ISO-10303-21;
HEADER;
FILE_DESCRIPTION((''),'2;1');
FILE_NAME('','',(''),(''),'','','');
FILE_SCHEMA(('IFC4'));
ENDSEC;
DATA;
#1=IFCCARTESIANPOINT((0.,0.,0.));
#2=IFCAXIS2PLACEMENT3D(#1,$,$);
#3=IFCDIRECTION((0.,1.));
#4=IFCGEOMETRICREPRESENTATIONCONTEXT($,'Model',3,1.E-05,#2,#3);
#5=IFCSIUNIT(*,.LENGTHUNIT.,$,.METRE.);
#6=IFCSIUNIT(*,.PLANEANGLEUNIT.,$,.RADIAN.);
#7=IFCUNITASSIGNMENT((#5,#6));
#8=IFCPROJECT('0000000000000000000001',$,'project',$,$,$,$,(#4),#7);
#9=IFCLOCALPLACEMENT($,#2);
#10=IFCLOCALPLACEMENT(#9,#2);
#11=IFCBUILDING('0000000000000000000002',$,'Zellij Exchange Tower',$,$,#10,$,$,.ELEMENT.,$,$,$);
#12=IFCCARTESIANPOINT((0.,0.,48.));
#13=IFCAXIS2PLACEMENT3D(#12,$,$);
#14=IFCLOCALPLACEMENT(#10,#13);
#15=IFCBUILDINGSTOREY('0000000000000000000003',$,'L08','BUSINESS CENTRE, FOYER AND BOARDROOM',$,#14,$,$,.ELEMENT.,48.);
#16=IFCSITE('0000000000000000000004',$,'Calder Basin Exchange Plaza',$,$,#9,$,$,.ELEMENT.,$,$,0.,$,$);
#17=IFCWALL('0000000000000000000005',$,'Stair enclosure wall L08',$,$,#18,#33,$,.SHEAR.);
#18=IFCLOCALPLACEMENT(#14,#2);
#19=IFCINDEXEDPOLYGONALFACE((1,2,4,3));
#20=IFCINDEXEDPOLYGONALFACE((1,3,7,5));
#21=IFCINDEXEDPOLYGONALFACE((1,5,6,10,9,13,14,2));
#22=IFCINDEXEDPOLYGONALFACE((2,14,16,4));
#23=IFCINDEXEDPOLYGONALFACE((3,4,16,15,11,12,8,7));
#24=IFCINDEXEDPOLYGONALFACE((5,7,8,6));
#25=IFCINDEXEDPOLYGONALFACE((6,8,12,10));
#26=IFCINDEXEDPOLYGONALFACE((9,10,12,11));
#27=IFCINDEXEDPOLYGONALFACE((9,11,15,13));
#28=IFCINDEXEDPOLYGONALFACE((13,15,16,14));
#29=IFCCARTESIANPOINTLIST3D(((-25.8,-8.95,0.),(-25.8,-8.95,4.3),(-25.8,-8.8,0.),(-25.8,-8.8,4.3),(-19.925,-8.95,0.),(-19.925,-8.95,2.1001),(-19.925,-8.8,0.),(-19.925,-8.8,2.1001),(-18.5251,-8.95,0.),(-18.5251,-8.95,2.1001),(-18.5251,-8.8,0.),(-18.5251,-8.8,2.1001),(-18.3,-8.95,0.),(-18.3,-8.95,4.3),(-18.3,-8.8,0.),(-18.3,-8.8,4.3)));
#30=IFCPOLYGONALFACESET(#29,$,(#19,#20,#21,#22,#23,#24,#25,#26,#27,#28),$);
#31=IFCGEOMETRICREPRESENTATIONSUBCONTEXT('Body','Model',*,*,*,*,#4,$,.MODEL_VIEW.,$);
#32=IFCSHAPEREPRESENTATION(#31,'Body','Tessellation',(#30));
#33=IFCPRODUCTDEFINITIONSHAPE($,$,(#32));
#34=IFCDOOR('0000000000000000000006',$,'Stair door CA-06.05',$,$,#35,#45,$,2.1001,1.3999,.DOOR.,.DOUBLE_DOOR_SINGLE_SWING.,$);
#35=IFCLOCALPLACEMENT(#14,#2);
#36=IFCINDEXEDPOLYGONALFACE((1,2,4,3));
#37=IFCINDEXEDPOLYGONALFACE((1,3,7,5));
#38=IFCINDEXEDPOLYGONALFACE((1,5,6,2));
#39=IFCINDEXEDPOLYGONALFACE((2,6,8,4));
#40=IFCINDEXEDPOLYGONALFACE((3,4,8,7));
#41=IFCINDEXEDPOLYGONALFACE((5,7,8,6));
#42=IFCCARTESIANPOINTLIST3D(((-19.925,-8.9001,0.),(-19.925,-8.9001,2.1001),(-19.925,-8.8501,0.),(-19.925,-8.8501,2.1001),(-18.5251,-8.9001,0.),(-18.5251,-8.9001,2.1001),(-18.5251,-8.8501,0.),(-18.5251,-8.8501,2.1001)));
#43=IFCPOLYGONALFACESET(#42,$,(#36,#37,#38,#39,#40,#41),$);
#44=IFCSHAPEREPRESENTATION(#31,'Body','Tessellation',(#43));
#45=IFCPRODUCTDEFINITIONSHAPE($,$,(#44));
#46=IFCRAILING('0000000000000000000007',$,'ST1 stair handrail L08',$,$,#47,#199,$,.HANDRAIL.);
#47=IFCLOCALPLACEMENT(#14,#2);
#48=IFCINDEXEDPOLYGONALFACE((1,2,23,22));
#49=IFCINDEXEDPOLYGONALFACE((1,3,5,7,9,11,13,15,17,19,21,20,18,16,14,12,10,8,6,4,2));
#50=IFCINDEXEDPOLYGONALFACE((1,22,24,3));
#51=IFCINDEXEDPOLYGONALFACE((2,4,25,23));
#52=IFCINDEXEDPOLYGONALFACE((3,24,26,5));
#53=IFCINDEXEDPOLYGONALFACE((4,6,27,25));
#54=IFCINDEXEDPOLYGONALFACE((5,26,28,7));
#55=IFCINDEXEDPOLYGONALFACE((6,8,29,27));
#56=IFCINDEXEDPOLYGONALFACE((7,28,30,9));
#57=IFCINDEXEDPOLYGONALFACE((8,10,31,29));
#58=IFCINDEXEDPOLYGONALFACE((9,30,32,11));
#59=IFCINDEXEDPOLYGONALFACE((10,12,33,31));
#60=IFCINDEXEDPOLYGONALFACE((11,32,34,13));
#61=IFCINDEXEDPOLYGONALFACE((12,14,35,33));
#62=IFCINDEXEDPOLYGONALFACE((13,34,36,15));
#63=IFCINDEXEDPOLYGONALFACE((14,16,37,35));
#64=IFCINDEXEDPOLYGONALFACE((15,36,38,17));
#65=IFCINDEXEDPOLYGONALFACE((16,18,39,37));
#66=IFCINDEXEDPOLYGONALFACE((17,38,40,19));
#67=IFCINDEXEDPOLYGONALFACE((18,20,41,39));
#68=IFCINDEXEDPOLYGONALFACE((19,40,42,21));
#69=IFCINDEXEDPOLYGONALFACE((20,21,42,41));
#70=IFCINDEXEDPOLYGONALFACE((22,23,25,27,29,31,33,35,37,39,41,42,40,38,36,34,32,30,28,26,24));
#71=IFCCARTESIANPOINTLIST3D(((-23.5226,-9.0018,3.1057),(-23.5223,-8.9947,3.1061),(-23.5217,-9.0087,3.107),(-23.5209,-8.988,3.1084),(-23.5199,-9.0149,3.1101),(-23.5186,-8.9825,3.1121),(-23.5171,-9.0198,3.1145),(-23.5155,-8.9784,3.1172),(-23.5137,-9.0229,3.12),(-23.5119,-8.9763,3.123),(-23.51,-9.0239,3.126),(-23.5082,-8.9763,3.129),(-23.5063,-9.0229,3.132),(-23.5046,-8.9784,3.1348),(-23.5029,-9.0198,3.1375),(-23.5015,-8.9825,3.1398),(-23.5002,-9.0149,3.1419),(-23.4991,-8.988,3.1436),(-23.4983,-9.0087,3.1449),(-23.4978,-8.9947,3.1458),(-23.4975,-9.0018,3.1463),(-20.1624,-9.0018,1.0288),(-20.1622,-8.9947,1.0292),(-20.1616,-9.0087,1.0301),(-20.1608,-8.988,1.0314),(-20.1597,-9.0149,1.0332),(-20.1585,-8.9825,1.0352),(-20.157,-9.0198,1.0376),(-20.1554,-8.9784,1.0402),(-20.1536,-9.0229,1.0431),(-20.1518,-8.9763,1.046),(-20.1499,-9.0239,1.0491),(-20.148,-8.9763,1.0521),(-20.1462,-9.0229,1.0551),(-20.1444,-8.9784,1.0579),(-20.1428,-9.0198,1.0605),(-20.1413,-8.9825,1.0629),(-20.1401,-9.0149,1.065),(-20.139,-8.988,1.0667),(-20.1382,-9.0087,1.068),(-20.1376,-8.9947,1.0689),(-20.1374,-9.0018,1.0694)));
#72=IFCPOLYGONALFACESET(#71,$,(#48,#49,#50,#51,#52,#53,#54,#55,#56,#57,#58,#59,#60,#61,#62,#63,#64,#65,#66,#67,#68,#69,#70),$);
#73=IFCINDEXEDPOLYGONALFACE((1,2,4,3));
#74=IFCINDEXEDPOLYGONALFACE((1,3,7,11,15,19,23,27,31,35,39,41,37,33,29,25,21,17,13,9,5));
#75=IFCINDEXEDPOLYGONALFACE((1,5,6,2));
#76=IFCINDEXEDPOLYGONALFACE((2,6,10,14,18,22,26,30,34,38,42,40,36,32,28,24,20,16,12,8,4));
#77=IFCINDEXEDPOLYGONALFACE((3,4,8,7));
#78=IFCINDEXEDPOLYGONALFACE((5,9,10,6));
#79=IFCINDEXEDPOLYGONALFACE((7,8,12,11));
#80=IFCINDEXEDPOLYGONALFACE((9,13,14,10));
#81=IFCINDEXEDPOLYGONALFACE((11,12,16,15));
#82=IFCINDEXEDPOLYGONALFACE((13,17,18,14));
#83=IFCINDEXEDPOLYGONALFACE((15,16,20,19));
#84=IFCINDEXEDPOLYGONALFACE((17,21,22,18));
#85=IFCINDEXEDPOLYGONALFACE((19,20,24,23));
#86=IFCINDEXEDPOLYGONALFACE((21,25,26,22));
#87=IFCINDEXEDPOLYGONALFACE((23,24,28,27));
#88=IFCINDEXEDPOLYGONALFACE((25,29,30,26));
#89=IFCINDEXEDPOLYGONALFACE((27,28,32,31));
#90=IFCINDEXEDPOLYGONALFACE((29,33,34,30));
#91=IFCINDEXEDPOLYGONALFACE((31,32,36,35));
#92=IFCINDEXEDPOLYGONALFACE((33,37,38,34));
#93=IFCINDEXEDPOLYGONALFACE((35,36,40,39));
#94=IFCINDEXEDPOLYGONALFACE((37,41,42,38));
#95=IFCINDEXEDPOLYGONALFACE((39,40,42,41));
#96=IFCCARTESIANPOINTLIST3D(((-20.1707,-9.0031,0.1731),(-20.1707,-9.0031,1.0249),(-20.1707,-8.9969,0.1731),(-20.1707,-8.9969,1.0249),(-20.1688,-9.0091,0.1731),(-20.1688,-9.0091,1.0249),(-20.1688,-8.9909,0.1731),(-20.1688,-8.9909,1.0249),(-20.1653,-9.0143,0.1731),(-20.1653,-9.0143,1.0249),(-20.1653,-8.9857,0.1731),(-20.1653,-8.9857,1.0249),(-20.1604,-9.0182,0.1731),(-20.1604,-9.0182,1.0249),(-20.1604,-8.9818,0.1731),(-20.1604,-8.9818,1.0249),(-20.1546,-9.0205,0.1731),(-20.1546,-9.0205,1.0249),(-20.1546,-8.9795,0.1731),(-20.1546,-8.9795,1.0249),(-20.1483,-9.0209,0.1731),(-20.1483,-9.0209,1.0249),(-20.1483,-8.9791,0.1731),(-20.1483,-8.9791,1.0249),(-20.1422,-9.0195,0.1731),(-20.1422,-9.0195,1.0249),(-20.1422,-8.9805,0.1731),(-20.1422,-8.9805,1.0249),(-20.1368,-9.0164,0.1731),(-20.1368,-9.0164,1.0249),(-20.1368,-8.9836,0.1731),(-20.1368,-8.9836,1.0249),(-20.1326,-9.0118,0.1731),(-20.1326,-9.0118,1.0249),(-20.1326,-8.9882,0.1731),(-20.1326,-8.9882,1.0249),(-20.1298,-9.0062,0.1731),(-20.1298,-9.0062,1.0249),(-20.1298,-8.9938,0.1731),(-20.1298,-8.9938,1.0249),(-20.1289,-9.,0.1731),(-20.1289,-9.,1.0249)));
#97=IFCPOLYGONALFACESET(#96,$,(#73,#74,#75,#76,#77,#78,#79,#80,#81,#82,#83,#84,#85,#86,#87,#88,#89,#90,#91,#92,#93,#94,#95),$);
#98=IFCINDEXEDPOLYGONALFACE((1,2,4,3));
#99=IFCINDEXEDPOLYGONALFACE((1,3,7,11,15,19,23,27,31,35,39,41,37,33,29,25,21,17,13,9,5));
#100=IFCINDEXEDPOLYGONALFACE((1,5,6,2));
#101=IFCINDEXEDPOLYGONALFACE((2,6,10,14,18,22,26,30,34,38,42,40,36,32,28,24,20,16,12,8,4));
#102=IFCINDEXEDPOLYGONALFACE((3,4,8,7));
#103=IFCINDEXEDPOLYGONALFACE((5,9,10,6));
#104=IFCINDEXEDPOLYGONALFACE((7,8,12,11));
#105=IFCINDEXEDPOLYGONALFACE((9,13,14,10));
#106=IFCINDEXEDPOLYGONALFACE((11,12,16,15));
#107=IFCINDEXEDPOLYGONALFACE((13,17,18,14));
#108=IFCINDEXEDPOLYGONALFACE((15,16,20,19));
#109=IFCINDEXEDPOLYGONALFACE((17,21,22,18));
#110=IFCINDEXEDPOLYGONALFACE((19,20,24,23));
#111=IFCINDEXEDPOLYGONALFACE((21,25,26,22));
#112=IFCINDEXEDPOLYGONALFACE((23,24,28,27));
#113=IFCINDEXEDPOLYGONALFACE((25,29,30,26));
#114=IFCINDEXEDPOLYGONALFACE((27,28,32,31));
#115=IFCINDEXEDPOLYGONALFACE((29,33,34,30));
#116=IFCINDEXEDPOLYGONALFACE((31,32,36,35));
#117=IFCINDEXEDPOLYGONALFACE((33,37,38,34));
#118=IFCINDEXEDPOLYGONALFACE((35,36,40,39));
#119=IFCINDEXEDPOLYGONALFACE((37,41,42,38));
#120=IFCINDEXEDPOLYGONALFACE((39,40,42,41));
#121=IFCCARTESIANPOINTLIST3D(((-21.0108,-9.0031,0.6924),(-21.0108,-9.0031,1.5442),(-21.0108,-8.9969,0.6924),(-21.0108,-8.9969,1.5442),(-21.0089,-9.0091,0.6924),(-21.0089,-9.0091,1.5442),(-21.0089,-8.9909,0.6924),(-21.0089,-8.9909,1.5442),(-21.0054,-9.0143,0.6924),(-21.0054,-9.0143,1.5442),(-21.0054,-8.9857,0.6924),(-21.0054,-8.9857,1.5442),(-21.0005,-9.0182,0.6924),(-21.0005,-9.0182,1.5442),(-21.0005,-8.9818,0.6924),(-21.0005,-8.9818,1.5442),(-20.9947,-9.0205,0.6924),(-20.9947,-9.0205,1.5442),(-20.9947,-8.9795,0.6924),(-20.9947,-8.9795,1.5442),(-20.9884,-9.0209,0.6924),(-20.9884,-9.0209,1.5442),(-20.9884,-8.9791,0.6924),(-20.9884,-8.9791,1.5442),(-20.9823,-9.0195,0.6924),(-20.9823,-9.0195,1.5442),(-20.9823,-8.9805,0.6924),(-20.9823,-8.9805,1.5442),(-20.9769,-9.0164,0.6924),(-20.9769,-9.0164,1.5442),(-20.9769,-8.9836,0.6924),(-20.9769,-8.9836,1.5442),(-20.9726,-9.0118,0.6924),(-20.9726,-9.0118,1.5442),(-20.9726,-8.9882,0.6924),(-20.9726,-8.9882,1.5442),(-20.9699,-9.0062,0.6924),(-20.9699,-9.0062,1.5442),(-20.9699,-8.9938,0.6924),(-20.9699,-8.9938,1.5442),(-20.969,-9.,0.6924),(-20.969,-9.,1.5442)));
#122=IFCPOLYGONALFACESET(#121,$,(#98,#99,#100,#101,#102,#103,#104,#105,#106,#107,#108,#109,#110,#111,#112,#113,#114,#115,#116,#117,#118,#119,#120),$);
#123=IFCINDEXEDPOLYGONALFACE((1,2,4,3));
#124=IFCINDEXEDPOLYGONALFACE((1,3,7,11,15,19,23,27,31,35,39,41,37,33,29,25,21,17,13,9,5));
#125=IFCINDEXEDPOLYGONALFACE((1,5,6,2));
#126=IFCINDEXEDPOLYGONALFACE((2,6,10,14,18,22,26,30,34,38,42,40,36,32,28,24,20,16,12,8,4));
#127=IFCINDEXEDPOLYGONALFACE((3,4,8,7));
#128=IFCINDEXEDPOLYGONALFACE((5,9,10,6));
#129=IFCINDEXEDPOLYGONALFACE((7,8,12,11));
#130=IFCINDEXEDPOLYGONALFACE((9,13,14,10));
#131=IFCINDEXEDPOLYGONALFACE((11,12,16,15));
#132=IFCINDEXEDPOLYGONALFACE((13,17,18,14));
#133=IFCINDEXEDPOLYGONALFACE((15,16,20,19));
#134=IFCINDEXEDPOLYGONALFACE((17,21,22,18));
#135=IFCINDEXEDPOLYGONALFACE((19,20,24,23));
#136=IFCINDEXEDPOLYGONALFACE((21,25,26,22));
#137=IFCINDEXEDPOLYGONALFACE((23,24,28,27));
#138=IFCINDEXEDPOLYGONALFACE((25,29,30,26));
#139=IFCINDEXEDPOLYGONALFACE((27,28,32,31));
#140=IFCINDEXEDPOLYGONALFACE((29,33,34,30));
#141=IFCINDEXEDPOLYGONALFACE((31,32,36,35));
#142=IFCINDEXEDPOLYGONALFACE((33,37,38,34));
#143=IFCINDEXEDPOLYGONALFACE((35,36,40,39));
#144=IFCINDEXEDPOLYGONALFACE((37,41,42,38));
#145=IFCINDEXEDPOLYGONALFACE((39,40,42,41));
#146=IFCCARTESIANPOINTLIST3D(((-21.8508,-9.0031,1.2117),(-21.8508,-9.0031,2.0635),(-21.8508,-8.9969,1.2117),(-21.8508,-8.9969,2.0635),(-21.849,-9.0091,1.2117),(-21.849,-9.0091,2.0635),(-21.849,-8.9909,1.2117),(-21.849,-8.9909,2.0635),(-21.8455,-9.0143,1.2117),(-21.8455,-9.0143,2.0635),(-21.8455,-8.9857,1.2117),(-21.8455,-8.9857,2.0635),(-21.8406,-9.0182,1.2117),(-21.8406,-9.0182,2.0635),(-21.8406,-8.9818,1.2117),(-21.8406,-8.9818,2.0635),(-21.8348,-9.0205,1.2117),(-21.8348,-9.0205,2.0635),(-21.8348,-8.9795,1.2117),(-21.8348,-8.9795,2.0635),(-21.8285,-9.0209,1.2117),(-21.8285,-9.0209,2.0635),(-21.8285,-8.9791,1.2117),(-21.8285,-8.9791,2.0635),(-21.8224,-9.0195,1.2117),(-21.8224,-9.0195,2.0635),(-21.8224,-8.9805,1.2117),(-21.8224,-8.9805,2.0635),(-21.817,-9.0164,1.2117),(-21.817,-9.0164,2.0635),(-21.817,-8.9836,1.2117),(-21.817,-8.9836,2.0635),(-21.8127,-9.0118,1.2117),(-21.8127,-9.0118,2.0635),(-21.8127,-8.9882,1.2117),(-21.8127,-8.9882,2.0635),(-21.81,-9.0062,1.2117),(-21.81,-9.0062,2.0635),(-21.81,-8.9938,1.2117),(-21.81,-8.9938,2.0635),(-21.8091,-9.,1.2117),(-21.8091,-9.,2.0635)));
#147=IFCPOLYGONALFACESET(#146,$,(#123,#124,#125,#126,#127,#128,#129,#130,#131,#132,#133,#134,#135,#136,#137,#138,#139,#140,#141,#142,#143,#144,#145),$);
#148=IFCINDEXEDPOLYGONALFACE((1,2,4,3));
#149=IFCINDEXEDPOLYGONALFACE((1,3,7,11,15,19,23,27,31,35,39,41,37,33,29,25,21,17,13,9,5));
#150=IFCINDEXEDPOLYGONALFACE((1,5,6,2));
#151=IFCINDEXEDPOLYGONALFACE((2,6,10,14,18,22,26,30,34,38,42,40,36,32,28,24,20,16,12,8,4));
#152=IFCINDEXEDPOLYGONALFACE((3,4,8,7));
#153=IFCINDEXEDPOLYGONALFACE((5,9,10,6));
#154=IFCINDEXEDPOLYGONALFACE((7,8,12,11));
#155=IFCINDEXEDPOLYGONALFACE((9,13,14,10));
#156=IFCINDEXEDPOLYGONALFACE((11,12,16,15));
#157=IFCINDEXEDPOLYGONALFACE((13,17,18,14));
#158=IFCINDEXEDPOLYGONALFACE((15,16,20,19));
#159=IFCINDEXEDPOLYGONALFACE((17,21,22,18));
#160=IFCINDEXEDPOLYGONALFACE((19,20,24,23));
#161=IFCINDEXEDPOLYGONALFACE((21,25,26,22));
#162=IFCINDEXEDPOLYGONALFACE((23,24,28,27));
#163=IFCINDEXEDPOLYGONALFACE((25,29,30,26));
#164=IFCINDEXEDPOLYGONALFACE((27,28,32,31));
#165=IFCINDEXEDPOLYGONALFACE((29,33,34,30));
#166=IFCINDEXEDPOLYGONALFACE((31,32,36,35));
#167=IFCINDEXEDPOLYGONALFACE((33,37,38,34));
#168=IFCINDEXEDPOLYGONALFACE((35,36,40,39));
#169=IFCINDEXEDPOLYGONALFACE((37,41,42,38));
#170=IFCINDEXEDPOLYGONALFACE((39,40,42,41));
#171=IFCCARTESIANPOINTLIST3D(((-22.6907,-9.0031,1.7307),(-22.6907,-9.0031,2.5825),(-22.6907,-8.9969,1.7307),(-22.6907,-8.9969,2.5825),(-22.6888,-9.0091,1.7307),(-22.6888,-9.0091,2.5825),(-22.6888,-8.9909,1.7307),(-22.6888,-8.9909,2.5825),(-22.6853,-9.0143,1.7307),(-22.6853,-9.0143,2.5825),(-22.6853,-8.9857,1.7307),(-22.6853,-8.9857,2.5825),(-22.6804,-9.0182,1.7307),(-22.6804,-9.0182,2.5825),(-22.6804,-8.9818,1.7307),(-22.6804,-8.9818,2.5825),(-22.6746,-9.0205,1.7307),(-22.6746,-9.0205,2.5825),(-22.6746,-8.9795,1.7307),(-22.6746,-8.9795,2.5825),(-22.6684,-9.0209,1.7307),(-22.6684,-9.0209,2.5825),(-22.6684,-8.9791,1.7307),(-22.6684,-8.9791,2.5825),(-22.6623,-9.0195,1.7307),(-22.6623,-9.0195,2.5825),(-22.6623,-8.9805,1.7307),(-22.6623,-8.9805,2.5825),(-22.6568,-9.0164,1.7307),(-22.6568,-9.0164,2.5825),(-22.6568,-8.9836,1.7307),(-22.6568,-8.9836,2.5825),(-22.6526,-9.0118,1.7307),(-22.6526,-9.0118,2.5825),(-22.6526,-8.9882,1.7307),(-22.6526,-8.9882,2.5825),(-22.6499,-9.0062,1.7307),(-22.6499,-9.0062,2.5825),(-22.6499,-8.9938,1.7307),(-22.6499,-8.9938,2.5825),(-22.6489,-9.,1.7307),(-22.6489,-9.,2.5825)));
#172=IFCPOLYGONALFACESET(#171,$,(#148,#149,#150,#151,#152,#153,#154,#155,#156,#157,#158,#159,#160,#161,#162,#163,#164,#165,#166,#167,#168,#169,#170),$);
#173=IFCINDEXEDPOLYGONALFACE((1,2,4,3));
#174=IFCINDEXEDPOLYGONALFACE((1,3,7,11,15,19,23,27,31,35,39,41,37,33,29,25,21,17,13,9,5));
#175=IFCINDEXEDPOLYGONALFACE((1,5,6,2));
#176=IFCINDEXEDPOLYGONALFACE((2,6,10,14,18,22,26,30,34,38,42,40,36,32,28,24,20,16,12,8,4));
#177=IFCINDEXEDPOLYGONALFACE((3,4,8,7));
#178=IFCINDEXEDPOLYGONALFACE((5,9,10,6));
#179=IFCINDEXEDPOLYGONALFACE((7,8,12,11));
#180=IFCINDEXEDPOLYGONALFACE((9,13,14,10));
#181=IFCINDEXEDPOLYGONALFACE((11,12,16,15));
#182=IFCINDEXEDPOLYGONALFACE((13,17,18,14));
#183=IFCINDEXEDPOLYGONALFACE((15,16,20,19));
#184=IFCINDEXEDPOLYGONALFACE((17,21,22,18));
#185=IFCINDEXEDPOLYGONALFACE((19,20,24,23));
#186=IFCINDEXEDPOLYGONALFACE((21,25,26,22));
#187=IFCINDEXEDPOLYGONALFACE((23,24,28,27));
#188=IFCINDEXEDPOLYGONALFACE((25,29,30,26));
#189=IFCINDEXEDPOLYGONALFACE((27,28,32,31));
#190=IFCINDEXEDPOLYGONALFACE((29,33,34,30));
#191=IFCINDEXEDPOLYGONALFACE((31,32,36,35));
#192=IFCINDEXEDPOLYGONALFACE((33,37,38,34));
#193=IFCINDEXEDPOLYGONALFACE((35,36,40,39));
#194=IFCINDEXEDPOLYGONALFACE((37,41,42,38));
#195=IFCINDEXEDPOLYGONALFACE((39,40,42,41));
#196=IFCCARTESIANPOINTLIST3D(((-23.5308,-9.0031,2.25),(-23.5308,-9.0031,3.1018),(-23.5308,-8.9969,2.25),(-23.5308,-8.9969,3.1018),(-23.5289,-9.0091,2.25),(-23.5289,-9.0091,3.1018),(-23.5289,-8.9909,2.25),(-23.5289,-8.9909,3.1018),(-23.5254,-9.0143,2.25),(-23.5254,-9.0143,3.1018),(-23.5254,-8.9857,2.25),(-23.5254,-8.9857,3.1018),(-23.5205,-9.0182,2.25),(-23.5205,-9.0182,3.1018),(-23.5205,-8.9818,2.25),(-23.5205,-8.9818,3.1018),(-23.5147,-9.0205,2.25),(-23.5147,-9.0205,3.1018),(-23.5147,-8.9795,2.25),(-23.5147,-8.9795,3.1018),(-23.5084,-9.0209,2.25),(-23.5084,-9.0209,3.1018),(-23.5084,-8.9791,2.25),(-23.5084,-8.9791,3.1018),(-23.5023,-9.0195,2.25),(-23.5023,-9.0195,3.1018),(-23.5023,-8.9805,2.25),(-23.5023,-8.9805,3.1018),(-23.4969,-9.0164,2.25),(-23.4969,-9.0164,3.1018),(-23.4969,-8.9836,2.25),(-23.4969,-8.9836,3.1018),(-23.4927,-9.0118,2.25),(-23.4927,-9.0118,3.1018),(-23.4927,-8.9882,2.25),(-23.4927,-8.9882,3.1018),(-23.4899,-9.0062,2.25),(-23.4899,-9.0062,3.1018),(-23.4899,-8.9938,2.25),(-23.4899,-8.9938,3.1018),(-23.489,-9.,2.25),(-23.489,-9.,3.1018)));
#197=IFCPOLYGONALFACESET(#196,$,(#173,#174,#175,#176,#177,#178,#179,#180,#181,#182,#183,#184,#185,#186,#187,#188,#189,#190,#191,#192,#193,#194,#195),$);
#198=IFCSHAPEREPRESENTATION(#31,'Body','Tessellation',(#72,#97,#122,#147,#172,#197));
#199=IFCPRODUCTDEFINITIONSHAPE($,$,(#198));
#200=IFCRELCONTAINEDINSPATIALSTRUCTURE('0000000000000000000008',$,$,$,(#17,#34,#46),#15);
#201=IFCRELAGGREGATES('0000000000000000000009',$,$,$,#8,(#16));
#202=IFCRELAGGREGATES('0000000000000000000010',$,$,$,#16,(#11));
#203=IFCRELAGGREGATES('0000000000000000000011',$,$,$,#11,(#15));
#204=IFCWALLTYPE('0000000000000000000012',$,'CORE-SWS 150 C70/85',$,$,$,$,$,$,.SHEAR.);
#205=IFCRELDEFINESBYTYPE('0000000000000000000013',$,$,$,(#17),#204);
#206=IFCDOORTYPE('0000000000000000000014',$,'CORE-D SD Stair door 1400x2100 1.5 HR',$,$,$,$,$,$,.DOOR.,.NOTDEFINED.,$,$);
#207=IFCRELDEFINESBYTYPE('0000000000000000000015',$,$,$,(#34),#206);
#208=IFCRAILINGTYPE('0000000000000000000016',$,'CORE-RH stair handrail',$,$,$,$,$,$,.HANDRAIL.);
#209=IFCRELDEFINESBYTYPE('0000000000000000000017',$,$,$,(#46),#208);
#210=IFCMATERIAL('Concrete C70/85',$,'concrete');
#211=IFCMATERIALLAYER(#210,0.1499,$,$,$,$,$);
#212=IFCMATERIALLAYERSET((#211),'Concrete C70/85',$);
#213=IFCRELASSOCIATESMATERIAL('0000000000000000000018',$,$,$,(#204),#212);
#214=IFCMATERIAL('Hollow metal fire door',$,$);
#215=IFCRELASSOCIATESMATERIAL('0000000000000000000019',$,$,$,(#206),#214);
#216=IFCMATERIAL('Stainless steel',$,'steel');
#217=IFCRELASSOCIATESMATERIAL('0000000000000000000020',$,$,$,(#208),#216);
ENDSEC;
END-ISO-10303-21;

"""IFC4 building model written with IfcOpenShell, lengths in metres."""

from ifc_helpers import new_model, si_unit, direction, frame, frame_2d, origin, origin_2d, place, context, subcontext, project, spatial, rectangle, circle, extrude, material, layer, layer_set, type_object, element, fill, save


model = new_model("IFC4")

# Units and contexts
model_context = context("Model", 3, precision=1e-05, world=origin(), true_north=direction((0.0, 1.0)))
body_context = subcontext(model_context, "Body", "Model", "MODEL_VIEW")
ifc_project = project(units=[si_unit("LENGTHUNIT", "METRE"), si_unit("PLANEANGLEUNIT", "RADIAN")], contexts=[model_context])

# Site, building, storey
site_placement = place(None, origin())
site = spatial("IfcSite", under=ifc_project, at=site_placement, Name="Calder Basin Exchange Plaza", CompositionType="ELEMENT", RefElevation=0.0)
building_placement = place(site_placement, origin())
building = spatial("IfcBuilding", under=site, at=building_placement, Name="Zellij Exchange Tower", CompositionType="ELEMENT")
storey_placement = place(building_placement, frame((0.0, 0.0, 48.0)))
storey = spatial("IfcBuildingStorey", under=building, at=storey_placement, Name="L08", Description="BUSINESS CENTRE, FOYER AND BOARDROOM", CompositionType="ELEMENT", Elevation=48.0)

# Shared definitions
ifc_material_1 = material(Name="Concrete C70/85", Category="concrete")

# Shared definitions
ifc_material_2 = material(Name="Hollow metal fire door")

# Wall, opening, door
ifc_layer_1 = layer(ifc_material_1, 0.1499)
ifc_layer_set_1 = layer_set([ifc_layer_1], Name="Concrete C70/85")
wall_type_1 = type_object("IfcWallType", Name="CORE-SWS 150 C70/85", PredefinedType="SHEAR", material=ifc_layer_set_1)
wall_1_placement = place(storey_placement, frame((-25.8, -8.875, 0.0), z_axis=(0.0, 0.0, 1.0), x_axis=(1.0, 0.0, 0.0)))
wall_1 = element("IfcWall", 1, at=wall_1_placement, inside=storey, type_object=wall_type_1, Name="Stair enclosure wall L08", PredefinedType="SHEAR", context=body_context, shape_type="SweptSolid", body=[
    extrude(rectangle(XDim=7.5, YDim=0.1499, at=frame_2d((3.75, 0.0))), origin(), (0.0, 0.0, 1.0), 4.3),
])
opening_1_placement = place(wall_1_placement, frame((5.875, 0.0, 0.0)))
opening_1 = element("IfcOpeningElement", 2, at=opening_1_placement, cuts=wall_1, PredefinedType="OPENING", context=body_context, shape_type="SweptSolid", body=[
    extrude(rectangle(XDim=1.3999, YDim=2.1001, at=frame_2d((0.7, 1.05))), frame((0.0, 0.0869, 0.0), z_axis=(0.0, -1.0, 0.0), x_axis=(1.0, 0.0, 0.0)), (0.0, 0.0, 1.0), 0.1738),
])
door_type_1 = type_object("IfcDoorType", Name="CORE-D SD Stair door 1400x2100 1.5 HR", OperationType="NOTDEFINED", PredefinedType="DOOR", material=ifc_material_2)
door_1_placement = place(opening_1_placement, origin())
door_1 = element("IfcDoor", 3, at=door_1_placement, inside=storey, type_object=door_type_1, Name="Stair door CA-06.05", OperationType="DOUBLE_DOOR_SINGLE_SWING", OverallHeight=2.1001, OverallWidth=1.3999, PredefinedType="DOOR", context=body_context, shape_type="SweptSolid", body=[
    extrude(rectangle(XDim=1.3999, YDim=2.1001, at=frame_2d((0.7, 1.05))), frame((0.0, 0.0249, 0.0), z_axis=(0.0, -1.0, 0.0), x_axis=(1.0, 0.0, 0.0)), (0.0, 0.0, 1.0), 0.05),
])
fill(opening_1, door_1)

# Railing
ifc_material_3 = material(Name="Stainless steel", Category="steel")
railing_type = type_object("IfcRailingType", Name="CORE-RH stair handrail", PredefinedType="HANDRAIL", material=ifc_material_3)
railing_placement = place(storey_placement, frame((-20.1499, -9.0, 0.1731)))
element("IfcRailing", 4, at=railing_placement, inside=storey, type_object=railing_type, Name="ST1 stair handrail L08", PredefinedType="HANDRAIL", context=body_context, shape_type="SweptSolid", body=[
    extrude(circle(Radius=0.0239, at=origin_2d()), frame((0.0, 0.0, 0.876), z_axis=(-0.850623, 0.0, 0.525776), x_axis=(0.0, -1.0, 0.0)), (0.0, 0.0, 1.0), 3.9502),
    extrude(circle(Radius=0.021, at=origin_2d()), origin(), (0.0, 0.0, 1.0), 0.8518),
    extrude(circle(Radius=0.021, at=origin_2d()), frame((-0.8401, 0.0, 0.5193)), (0.0, 0.0, 1.0), 0.8518),
    extrude(circle(Radius=0.021, at=origin_2d()), frame((-1.6802, 0.0, 1.0386)), (0.0, 0.0, 1.0), 0.8518),
    extrude(circle(Radius=0.021, at=origin_2d()), frame((-2.52, 0.0, 1.5576)), (0.0, 0.0, 1.0), 0.8518),
    extrude(circle(Radius=0.021, at=origin_2d()), frame((-3.3601, 0.0, 2.0769)), (0.0, 0.0, 1.0), 0.8518),
])

save(model, "model.ifc")
